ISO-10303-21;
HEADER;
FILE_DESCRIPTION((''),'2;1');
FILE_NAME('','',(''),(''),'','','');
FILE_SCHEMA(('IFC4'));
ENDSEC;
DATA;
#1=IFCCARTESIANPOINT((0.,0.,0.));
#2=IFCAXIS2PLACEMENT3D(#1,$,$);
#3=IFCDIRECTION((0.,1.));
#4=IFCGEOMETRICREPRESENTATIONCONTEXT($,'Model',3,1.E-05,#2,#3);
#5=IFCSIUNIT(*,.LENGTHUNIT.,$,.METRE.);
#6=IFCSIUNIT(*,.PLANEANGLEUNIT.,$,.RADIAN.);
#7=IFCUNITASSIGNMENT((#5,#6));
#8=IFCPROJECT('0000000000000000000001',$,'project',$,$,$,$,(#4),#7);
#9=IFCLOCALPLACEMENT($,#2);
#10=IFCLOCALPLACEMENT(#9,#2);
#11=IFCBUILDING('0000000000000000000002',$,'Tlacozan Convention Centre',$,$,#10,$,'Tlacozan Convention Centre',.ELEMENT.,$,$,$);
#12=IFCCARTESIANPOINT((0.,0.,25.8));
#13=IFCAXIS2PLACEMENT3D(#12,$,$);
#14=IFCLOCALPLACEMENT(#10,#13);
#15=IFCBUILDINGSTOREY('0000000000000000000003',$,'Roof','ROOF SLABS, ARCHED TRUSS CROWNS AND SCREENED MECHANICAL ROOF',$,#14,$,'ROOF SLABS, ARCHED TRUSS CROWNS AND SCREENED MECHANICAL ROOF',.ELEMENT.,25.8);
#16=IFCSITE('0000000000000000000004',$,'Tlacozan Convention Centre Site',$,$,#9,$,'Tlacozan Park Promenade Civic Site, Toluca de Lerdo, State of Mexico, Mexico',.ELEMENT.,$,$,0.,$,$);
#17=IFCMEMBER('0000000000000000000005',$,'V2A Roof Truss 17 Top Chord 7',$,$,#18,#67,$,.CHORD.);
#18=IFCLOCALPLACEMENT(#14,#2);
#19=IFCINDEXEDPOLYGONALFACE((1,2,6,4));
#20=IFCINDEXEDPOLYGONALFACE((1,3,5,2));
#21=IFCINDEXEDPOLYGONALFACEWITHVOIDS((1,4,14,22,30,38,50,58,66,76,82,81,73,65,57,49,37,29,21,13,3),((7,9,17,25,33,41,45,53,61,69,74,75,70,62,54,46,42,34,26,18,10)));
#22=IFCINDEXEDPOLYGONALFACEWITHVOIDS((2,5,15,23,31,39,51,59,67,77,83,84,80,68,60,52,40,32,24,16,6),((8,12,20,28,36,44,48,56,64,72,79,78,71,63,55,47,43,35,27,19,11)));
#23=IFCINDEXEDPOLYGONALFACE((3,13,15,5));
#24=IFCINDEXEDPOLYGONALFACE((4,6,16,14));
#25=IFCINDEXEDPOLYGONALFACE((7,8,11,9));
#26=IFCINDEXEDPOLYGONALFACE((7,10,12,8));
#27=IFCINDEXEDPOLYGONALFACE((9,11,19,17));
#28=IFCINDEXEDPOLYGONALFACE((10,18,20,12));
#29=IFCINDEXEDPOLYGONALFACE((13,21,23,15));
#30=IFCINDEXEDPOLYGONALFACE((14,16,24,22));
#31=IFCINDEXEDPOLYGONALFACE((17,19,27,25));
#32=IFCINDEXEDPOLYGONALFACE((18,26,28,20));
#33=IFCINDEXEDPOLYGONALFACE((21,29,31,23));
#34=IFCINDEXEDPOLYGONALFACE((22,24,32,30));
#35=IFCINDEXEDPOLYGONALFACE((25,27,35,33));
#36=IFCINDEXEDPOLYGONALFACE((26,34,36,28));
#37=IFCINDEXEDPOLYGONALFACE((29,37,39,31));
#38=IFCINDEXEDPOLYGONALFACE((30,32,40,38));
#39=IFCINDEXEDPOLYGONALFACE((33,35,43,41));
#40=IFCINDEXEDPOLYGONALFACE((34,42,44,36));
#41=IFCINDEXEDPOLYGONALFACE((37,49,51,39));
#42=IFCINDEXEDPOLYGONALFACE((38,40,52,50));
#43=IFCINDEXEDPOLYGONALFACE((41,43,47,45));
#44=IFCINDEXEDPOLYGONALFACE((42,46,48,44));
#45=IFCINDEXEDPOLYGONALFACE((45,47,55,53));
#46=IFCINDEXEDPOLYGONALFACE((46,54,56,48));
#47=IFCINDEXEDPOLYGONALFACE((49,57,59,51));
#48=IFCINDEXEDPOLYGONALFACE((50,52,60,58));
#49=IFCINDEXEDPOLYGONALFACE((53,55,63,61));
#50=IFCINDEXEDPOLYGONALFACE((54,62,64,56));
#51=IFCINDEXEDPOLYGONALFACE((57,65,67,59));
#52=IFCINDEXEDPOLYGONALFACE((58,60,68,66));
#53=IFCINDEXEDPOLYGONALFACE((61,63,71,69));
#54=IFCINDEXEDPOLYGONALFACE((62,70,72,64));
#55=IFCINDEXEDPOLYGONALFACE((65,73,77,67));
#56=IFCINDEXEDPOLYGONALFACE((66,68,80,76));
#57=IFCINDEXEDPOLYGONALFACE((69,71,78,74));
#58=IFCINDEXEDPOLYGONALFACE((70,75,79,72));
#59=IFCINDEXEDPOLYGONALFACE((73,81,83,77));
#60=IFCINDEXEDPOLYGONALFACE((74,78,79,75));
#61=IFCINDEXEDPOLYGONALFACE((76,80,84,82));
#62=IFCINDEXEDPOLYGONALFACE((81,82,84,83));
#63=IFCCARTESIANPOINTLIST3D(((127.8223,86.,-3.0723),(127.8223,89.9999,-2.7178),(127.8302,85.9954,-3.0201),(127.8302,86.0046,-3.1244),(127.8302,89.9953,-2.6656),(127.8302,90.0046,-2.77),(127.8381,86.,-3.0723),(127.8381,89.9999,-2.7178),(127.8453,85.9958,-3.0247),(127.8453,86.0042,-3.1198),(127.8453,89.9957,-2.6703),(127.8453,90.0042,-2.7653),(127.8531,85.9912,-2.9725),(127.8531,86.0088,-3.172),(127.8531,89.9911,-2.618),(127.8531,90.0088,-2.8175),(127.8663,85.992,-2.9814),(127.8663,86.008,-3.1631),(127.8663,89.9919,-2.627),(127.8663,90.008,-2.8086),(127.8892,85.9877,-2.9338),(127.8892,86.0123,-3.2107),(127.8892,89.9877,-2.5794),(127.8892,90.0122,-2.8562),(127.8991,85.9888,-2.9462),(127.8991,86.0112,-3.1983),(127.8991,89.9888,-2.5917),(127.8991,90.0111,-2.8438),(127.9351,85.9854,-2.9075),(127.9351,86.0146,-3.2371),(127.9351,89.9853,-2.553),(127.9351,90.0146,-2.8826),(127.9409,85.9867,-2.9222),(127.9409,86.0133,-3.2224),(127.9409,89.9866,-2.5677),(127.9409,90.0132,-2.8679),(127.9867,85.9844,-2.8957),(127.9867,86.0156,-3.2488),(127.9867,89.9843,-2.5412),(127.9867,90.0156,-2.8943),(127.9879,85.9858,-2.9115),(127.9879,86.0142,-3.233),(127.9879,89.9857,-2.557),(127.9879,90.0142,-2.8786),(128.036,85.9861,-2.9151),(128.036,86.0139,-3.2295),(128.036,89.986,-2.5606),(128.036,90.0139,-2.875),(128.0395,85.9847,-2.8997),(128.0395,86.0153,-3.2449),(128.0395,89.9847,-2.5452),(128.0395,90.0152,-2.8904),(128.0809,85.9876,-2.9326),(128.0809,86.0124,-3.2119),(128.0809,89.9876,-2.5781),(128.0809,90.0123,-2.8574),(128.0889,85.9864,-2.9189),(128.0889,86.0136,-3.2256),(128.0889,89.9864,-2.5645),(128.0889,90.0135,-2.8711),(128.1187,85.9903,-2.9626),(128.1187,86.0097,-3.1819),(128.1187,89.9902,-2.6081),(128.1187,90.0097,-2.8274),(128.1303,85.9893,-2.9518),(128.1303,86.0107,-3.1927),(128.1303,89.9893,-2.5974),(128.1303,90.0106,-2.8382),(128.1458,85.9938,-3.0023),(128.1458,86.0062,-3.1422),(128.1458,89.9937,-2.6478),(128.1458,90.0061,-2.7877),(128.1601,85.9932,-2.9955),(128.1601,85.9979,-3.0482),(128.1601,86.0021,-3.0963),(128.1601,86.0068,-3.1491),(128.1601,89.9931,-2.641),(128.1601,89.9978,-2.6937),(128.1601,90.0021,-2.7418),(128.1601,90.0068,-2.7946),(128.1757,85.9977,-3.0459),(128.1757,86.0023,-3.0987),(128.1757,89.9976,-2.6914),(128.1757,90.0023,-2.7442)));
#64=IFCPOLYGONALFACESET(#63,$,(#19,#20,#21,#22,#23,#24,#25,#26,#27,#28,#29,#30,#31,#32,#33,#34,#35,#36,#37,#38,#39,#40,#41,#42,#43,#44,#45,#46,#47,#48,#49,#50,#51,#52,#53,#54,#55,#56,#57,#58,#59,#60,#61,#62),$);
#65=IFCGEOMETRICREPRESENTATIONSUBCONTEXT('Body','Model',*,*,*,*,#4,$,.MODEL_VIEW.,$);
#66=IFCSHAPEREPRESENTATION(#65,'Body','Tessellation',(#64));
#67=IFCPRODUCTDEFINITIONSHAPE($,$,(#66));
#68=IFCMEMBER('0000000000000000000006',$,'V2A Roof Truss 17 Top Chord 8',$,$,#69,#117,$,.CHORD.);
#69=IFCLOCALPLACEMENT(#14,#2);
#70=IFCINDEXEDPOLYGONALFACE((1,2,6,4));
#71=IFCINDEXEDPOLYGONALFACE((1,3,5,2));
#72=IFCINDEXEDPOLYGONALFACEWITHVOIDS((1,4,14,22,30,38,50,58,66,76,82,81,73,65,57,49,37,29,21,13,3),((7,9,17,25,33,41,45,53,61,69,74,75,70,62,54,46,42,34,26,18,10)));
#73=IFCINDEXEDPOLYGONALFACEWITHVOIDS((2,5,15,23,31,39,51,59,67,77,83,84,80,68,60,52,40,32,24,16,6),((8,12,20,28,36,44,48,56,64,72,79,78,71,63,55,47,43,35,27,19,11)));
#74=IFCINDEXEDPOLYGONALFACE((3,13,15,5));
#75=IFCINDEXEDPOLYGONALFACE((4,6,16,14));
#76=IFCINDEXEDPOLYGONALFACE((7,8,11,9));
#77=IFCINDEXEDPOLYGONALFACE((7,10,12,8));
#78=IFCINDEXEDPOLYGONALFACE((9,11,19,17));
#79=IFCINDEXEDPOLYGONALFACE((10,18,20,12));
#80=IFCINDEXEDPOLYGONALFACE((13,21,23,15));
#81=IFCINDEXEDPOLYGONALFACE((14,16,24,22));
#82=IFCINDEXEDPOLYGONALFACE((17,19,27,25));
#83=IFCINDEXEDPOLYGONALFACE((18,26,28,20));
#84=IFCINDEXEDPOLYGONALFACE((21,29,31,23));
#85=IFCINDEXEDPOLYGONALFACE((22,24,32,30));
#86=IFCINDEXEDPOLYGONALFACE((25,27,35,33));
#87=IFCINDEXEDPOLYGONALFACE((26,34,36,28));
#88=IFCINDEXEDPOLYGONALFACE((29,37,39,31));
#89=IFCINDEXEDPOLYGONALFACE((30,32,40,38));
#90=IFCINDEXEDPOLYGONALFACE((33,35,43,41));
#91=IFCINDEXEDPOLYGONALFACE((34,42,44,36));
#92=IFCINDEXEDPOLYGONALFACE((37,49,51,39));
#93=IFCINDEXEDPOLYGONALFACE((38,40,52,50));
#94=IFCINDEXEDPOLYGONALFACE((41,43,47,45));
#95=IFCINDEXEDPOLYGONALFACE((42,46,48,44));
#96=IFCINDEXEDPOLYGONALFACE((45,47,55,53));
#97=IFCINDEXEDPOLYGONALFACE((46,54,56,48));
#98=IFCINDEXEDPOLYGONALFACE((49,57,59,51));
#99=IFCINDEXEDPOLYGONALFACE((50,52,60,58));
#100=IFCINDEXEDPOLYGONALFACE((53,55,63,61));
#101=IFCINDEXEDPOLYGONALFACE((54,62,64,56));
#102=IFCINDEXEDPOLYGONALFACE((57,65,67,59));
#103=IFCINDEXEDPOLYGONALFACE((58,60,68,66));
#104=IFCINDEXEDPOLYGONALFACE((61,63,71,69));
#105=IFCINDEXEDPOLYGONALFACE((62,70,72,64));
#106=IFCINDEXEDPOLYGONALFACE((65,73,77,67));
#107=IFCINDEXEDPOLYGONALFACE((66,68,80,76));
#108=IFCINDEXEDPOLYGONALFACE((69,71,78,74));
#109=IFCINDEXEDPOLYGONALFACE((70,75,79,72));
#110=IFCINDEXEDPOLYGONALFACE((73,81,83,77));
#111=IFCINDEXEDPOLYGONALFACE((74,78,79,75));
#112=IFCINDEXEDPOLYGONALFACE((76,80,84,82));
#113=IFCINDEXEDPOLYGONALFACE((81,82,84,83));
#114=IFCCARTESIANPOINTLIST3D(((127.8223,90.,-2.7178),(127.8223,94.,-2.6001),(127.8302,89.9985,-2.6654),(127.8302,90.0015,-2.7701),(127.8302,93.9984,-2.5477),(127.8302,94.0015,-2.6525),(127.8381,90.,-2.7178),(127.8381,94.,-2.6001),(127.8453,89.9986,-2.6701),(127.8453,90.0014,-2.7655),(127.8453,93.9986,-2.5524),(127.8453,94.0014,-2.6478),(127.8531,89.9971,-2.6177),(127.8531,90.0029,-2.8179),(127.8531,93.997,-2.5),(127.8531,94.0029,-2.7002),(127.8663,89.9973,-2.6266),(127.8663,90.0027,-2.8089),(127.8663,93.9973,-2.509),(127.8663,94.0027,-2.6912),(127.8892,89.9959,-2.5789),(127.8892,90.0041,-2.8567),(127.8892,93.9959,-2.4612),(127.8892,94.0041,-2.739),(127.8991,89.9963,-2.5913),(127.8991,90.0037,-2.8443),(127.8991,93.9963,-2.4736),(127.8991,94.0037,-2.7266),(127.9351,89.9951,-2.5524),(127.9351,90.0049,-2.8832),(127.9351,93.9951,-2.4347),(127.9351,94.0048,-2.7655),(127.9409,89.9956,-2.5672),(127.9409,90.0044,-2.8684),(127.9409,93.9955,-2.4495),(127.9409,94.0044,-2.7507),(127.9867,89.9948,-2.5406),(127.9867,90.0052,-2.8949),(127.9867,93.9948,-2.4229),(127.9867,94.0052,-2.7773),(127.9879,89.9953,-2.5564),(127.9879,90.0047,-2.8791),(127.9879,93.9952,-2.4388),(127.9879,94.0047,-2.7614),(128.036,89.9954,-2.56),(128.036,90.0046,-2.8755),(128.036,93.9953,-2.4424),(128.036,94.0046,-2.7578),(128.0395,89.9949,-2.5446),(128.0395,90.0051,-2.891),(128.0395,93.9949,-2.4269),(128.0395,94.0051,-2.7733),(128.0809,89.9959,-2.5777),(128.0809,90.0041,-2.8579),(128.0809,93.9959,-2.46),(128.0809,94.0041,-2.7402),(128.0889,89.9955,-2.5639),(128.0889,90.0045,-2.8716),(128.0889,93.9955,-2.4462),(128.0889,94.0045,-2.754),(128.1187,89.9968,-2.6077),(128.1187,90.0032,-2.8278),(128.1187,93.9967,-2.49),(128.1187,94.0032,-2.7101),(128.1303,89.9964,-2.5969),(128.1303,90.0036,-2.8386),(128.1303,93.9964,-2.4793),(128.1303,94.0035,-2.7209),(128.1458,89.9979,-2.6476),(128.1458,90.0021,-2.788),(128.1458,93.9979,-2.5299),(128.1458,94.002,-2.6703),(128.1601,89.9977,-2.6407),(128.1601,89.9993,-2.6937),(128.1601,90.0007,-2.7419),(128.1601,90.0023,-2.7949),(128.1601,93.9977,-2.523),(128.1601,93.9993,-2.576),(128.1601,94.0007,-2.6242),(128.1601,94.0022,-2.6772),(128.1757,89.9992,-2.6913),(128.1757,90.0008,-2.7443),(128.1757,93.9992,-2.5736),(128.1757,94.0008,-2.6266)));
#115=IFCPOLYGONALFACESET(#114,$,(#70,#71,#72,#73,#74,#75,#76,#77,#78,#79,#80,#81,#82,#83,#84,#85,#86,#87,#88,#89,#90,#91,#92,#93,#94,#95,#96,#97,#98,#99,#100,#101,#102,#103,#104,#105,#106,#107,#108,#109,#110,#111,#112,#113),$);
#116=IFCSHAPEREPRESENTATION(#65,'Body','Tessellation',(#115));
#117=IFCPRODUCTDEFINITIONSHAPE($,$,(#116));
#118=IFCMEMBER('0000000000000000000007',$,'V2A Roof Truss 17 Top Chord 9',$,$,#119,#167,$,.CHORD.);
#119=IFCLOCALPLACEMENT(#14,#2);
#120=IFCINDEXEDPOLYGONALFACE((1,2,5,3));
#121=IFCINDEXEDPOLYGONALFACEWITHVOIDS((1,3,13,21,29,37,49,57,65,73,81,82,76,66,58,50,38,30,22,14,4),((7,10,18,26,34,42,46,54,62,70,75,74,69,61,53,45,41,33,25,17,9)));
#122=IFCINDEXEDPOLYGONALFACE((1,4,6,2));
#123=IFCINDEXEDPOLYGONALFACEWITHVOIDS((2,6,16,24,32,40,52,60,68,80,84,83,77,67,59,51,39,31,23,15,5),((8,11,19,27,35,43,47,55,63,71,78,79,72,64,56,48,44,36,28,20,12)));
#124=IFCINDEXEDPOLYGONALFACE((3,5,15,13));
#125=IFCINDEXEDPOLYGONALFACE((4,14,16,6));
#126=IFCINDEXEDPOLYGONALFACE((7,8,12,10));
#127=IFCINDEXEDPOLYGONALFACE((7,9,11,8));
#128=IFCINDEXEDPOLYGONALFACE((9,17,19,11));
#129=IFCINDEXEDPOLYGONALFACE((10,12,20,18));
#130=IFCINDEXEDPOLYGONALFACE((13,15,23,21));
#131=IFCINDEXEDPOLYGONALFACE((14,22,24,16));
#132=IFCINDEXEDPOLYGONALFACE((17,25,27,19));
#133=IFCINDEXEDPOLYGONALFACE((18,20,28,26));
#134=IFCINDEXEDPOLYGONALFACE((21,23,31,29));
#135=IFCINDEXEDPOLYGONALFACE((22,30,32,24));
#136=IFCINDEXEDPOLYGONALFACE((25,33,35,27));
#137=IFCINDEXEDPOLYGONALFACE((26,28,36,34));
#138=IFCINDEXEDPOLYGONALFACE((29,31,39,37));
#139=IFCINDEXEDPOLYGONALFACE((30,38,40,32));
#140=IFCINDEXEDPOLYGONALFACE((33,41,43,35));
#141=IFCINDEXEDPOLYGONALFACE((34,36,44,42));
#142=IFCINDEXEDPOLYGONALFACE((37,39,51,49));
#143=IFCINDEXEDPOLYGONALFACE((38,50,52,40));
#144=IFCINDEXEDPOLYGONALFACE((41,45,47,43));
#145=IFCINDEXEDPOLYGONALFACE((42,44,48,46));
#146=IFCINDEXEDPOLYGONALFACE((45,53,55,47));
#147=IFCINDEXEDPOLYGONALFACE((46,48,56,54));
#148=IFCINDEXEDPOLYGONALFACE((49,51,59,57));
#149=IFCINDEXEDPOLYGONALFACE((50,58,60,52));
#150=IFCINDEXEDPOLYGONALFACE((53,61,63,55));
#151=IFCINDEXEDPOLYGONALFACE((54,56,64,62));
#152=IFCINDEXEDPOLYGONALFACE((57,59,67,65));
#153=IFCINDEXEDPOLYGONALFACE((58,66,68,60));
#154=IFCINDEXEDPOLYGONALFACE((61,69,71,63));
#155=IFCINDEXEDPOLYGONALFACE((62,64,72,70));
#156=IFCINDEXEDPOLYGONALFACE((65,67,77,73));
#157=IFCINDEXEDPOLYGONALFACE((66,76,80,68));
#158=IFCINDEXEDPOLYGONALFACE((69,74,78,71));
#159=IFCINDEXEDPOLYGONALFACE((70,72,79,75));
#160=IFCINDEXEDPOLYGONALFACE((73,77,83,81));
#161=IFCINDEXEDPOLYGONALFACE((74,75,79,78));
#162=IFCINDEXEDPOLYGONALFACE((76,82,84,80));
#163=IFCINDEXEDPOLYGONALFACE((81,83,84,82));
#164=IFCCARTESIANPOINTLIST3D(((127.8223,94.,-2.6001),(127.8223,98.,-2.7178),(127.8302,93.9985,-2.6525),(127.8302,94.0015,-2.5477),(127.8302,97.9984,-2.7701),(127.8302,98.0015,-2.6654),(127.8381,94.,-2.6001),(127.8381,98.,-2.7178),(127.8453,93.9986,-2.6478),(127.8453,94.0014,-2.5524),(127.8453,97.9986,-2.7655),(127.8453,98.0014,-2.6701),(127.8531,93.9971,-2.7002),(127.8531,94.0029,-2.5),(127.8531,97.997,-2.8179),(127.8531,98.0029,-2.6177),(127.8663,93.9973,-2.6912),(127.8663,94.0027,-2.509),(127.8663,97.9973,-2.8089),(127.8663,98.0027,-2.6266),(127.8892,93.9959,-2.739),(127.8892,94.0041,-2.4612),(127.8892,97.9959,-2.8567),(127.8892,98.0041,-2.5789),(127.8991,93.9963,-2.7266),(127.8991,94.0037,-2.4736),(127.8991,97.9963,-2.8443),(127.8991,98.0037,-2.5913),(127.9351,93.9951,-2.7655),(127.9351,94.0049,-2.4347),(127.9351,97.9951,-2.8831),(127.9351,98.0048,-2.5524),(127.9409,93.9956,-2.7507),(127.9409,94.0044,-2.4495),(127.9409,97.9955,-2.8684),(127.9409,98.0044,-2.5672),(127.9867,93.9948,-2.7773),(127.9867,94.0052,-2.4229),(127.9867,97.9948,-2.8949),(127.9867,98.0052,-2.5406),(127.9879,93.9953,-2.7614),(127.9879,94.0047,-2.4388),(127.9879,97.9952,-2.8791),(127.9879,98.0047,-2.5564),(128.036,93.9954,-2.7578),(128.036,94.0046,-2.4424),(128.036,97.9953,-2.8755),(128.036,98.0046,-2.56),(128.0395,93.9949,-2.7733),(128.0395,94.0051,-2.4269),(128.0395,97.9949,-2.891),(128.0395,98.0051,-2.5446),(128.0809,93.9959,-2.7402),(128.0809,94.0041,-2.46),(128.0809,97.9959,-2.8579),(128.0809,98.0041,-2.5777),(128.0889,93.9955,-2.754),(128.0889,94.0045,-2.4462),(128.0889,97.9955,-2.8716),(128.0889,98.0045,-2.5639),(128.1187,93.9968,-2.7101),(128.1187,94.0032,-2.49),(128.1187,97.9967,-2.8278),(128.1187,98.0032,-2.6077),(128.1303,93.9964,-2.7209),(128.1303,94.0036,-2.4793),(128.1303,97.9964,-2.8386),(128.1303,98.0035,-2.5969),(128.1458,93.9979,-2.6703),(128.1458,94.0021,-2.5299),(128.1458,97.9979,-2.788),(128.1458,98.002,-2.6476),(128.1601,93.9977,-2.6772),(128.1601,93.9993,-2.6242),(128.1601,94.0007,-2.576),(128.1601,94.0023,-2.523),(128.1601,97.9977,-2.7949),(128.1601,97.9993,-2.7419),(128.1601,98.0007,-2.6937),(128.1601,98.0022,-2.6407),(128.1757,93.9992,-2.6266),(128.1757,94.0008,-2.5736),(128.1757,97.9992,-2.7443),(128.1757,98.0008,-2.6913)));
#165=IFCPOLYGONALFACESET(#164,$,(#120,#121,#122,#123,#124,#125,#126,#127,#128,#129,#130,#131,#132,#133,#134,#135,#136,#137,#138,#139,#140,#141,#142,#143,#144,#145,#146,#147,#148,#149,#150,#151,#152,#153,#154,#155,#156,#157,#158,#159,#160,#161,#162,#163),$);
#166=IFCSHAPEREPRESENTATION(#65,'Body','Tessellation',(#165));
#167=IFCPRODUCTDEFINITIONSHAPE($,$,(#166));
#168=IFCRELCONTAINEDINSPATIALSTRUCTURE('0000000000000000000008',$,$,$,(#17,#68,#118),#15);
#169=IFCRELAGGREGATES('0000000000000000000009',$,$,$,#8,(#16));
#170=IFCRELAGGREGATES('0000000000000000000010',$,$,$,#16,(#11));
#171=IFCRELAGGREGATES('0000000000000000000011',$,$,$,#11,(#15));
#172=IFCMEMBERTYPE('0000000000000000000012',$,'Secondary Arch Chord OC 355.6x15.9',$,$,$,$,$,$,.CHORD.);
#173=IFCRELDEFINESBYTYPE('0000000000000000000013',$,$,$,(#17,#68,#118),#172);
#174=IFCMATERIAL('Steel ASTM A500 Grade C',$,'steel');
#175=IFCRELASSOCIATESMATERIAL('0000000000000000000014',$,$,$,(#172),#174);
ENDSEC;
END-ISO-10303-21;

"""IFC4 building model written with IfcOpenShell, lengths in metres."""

from ifc_helpers import new_model, si_unit, direction, frame, origin, origin_2d, place, context, subcontext, project, spatial, hollow_circle, extrude, material, material_profile, profile_set, type_object, element, save


model = new_model("IFC4")

# Units and contexts
model_context = context("Model", 3, precision=1e-05, world=origin(), true_north=direction((0.0, 1.0)))
body_context = subcontext(model_context, "Body", "Model", "MODEL_VIEW")
ifc_project = project(units=[si_unit("LENGTHUNIT", "METRE"), si_unit("PLANEANGLEUNIT", "RADIAN")], contexts=[model_context])

# Site, building, storey
site_placement = place(None, origin())
site = spatial("IfcSite", under=ifc_project, at=site_placement, Name="Tlacozan Convention Centre Site", LongName="Tlacozan Park Promenade Civic Site, Toluca de Lerdo, State of Mexico, Mexico", CompositionType="ELEMENT", RefElevation=0.0)
building_placement = place(site_placement, origin())
building = spatial("IfcBuilding", under=site, at=building_placement, Name="Tlacozan Convention Centre", LongName="Tlacozan Convention Centre", CompositionType="ELEMENT")
storey_placement = place(building_placement, frame((0.0, 0.0, 25.8)))
storey = spatial("IfcBuildingStorey", under=building, at=storey_placement, Name="Roof", Description="ROOF SLABS, ARCHED TRUSS CROWNS AND SCREENED MECHANICAL ROOF", LongName="ROOF SLABS, ARCHED TRUSS CROWNS AND SCREENED MECHANICAL ROOF", CompositionType="ELEMENT", Elevation=25.8)

# Members
ifc_material_1 = material(Name="Steel ASTM A500 Grade C", Category="steel")
ifc_material_profile_1 = material_profile(ifc_material_1, hollow_circle(Radius=0.1777, WallThickness=0.0159, at=origin_2d()), Name="OC 355.6x15.9")
ifc_profile_set_1 = profile_set([ifc_material_profile_1], Name="Steel ASTM A500 Grade C")
member_type_1 = type_object("IfcMemberType", Name="Secondary Arch Chord OC 355.6x15.9", PredefinedType="CHORD", material=ifc_profile_set_1)
member_1_placement = place(storey_placement, frame((128.0, 86.0, -3.0723), z_axis=(0.0, 0.996096, 0.088277), x_axis=(-1.0, 0.0, 0.0)))
element("IfcMember", 1, at=member_1_placement, inside=storey, type_object=member_type_1, Name="V2A Roof Truss 17 Top Chord 7", PredefinedType="CHORD", context=body_context, shape_type="SweptSolid", body=[
    extrude(hollow_circle(Radius=0.1777, WallThickness=0.0159, at=origin_2d()), origin(), (0.0, 0.0, 1.0), 4.0156),
])
for number, where, z_axis, x_axis, name in (
    (2, (128.0, 90.0, -2.7178), (0.0, 0.999568, 0.029406), (-1.0, 0.0, 0.0), "V2A Roof Truss 17 Top Chord 8"),
    (3, (128.0, 94.0, -2.6001), (0.0, 0.999568, -0.029406), (-1.0, 0.0, 0.0), "V2A Roof Truss 17 Top Chord 9"),
):
    element("IfcMember", number, at=place(storey_placement, frame(where, z_axis=z_axis, x_axis=x_axis)), inside=storey, type_object=member_type_1, Name=name, PredefinedType="CHORD", context=body_context, shape_type="SweptSolid", body=[
        extrude(hollow_circle(Radius=0.1777, WallThickness=0.0159, at=origin_2d()), origin(), (0.0, 0.0, 1.0), 4.0017),
    ])

save(model, "model.ifc")
